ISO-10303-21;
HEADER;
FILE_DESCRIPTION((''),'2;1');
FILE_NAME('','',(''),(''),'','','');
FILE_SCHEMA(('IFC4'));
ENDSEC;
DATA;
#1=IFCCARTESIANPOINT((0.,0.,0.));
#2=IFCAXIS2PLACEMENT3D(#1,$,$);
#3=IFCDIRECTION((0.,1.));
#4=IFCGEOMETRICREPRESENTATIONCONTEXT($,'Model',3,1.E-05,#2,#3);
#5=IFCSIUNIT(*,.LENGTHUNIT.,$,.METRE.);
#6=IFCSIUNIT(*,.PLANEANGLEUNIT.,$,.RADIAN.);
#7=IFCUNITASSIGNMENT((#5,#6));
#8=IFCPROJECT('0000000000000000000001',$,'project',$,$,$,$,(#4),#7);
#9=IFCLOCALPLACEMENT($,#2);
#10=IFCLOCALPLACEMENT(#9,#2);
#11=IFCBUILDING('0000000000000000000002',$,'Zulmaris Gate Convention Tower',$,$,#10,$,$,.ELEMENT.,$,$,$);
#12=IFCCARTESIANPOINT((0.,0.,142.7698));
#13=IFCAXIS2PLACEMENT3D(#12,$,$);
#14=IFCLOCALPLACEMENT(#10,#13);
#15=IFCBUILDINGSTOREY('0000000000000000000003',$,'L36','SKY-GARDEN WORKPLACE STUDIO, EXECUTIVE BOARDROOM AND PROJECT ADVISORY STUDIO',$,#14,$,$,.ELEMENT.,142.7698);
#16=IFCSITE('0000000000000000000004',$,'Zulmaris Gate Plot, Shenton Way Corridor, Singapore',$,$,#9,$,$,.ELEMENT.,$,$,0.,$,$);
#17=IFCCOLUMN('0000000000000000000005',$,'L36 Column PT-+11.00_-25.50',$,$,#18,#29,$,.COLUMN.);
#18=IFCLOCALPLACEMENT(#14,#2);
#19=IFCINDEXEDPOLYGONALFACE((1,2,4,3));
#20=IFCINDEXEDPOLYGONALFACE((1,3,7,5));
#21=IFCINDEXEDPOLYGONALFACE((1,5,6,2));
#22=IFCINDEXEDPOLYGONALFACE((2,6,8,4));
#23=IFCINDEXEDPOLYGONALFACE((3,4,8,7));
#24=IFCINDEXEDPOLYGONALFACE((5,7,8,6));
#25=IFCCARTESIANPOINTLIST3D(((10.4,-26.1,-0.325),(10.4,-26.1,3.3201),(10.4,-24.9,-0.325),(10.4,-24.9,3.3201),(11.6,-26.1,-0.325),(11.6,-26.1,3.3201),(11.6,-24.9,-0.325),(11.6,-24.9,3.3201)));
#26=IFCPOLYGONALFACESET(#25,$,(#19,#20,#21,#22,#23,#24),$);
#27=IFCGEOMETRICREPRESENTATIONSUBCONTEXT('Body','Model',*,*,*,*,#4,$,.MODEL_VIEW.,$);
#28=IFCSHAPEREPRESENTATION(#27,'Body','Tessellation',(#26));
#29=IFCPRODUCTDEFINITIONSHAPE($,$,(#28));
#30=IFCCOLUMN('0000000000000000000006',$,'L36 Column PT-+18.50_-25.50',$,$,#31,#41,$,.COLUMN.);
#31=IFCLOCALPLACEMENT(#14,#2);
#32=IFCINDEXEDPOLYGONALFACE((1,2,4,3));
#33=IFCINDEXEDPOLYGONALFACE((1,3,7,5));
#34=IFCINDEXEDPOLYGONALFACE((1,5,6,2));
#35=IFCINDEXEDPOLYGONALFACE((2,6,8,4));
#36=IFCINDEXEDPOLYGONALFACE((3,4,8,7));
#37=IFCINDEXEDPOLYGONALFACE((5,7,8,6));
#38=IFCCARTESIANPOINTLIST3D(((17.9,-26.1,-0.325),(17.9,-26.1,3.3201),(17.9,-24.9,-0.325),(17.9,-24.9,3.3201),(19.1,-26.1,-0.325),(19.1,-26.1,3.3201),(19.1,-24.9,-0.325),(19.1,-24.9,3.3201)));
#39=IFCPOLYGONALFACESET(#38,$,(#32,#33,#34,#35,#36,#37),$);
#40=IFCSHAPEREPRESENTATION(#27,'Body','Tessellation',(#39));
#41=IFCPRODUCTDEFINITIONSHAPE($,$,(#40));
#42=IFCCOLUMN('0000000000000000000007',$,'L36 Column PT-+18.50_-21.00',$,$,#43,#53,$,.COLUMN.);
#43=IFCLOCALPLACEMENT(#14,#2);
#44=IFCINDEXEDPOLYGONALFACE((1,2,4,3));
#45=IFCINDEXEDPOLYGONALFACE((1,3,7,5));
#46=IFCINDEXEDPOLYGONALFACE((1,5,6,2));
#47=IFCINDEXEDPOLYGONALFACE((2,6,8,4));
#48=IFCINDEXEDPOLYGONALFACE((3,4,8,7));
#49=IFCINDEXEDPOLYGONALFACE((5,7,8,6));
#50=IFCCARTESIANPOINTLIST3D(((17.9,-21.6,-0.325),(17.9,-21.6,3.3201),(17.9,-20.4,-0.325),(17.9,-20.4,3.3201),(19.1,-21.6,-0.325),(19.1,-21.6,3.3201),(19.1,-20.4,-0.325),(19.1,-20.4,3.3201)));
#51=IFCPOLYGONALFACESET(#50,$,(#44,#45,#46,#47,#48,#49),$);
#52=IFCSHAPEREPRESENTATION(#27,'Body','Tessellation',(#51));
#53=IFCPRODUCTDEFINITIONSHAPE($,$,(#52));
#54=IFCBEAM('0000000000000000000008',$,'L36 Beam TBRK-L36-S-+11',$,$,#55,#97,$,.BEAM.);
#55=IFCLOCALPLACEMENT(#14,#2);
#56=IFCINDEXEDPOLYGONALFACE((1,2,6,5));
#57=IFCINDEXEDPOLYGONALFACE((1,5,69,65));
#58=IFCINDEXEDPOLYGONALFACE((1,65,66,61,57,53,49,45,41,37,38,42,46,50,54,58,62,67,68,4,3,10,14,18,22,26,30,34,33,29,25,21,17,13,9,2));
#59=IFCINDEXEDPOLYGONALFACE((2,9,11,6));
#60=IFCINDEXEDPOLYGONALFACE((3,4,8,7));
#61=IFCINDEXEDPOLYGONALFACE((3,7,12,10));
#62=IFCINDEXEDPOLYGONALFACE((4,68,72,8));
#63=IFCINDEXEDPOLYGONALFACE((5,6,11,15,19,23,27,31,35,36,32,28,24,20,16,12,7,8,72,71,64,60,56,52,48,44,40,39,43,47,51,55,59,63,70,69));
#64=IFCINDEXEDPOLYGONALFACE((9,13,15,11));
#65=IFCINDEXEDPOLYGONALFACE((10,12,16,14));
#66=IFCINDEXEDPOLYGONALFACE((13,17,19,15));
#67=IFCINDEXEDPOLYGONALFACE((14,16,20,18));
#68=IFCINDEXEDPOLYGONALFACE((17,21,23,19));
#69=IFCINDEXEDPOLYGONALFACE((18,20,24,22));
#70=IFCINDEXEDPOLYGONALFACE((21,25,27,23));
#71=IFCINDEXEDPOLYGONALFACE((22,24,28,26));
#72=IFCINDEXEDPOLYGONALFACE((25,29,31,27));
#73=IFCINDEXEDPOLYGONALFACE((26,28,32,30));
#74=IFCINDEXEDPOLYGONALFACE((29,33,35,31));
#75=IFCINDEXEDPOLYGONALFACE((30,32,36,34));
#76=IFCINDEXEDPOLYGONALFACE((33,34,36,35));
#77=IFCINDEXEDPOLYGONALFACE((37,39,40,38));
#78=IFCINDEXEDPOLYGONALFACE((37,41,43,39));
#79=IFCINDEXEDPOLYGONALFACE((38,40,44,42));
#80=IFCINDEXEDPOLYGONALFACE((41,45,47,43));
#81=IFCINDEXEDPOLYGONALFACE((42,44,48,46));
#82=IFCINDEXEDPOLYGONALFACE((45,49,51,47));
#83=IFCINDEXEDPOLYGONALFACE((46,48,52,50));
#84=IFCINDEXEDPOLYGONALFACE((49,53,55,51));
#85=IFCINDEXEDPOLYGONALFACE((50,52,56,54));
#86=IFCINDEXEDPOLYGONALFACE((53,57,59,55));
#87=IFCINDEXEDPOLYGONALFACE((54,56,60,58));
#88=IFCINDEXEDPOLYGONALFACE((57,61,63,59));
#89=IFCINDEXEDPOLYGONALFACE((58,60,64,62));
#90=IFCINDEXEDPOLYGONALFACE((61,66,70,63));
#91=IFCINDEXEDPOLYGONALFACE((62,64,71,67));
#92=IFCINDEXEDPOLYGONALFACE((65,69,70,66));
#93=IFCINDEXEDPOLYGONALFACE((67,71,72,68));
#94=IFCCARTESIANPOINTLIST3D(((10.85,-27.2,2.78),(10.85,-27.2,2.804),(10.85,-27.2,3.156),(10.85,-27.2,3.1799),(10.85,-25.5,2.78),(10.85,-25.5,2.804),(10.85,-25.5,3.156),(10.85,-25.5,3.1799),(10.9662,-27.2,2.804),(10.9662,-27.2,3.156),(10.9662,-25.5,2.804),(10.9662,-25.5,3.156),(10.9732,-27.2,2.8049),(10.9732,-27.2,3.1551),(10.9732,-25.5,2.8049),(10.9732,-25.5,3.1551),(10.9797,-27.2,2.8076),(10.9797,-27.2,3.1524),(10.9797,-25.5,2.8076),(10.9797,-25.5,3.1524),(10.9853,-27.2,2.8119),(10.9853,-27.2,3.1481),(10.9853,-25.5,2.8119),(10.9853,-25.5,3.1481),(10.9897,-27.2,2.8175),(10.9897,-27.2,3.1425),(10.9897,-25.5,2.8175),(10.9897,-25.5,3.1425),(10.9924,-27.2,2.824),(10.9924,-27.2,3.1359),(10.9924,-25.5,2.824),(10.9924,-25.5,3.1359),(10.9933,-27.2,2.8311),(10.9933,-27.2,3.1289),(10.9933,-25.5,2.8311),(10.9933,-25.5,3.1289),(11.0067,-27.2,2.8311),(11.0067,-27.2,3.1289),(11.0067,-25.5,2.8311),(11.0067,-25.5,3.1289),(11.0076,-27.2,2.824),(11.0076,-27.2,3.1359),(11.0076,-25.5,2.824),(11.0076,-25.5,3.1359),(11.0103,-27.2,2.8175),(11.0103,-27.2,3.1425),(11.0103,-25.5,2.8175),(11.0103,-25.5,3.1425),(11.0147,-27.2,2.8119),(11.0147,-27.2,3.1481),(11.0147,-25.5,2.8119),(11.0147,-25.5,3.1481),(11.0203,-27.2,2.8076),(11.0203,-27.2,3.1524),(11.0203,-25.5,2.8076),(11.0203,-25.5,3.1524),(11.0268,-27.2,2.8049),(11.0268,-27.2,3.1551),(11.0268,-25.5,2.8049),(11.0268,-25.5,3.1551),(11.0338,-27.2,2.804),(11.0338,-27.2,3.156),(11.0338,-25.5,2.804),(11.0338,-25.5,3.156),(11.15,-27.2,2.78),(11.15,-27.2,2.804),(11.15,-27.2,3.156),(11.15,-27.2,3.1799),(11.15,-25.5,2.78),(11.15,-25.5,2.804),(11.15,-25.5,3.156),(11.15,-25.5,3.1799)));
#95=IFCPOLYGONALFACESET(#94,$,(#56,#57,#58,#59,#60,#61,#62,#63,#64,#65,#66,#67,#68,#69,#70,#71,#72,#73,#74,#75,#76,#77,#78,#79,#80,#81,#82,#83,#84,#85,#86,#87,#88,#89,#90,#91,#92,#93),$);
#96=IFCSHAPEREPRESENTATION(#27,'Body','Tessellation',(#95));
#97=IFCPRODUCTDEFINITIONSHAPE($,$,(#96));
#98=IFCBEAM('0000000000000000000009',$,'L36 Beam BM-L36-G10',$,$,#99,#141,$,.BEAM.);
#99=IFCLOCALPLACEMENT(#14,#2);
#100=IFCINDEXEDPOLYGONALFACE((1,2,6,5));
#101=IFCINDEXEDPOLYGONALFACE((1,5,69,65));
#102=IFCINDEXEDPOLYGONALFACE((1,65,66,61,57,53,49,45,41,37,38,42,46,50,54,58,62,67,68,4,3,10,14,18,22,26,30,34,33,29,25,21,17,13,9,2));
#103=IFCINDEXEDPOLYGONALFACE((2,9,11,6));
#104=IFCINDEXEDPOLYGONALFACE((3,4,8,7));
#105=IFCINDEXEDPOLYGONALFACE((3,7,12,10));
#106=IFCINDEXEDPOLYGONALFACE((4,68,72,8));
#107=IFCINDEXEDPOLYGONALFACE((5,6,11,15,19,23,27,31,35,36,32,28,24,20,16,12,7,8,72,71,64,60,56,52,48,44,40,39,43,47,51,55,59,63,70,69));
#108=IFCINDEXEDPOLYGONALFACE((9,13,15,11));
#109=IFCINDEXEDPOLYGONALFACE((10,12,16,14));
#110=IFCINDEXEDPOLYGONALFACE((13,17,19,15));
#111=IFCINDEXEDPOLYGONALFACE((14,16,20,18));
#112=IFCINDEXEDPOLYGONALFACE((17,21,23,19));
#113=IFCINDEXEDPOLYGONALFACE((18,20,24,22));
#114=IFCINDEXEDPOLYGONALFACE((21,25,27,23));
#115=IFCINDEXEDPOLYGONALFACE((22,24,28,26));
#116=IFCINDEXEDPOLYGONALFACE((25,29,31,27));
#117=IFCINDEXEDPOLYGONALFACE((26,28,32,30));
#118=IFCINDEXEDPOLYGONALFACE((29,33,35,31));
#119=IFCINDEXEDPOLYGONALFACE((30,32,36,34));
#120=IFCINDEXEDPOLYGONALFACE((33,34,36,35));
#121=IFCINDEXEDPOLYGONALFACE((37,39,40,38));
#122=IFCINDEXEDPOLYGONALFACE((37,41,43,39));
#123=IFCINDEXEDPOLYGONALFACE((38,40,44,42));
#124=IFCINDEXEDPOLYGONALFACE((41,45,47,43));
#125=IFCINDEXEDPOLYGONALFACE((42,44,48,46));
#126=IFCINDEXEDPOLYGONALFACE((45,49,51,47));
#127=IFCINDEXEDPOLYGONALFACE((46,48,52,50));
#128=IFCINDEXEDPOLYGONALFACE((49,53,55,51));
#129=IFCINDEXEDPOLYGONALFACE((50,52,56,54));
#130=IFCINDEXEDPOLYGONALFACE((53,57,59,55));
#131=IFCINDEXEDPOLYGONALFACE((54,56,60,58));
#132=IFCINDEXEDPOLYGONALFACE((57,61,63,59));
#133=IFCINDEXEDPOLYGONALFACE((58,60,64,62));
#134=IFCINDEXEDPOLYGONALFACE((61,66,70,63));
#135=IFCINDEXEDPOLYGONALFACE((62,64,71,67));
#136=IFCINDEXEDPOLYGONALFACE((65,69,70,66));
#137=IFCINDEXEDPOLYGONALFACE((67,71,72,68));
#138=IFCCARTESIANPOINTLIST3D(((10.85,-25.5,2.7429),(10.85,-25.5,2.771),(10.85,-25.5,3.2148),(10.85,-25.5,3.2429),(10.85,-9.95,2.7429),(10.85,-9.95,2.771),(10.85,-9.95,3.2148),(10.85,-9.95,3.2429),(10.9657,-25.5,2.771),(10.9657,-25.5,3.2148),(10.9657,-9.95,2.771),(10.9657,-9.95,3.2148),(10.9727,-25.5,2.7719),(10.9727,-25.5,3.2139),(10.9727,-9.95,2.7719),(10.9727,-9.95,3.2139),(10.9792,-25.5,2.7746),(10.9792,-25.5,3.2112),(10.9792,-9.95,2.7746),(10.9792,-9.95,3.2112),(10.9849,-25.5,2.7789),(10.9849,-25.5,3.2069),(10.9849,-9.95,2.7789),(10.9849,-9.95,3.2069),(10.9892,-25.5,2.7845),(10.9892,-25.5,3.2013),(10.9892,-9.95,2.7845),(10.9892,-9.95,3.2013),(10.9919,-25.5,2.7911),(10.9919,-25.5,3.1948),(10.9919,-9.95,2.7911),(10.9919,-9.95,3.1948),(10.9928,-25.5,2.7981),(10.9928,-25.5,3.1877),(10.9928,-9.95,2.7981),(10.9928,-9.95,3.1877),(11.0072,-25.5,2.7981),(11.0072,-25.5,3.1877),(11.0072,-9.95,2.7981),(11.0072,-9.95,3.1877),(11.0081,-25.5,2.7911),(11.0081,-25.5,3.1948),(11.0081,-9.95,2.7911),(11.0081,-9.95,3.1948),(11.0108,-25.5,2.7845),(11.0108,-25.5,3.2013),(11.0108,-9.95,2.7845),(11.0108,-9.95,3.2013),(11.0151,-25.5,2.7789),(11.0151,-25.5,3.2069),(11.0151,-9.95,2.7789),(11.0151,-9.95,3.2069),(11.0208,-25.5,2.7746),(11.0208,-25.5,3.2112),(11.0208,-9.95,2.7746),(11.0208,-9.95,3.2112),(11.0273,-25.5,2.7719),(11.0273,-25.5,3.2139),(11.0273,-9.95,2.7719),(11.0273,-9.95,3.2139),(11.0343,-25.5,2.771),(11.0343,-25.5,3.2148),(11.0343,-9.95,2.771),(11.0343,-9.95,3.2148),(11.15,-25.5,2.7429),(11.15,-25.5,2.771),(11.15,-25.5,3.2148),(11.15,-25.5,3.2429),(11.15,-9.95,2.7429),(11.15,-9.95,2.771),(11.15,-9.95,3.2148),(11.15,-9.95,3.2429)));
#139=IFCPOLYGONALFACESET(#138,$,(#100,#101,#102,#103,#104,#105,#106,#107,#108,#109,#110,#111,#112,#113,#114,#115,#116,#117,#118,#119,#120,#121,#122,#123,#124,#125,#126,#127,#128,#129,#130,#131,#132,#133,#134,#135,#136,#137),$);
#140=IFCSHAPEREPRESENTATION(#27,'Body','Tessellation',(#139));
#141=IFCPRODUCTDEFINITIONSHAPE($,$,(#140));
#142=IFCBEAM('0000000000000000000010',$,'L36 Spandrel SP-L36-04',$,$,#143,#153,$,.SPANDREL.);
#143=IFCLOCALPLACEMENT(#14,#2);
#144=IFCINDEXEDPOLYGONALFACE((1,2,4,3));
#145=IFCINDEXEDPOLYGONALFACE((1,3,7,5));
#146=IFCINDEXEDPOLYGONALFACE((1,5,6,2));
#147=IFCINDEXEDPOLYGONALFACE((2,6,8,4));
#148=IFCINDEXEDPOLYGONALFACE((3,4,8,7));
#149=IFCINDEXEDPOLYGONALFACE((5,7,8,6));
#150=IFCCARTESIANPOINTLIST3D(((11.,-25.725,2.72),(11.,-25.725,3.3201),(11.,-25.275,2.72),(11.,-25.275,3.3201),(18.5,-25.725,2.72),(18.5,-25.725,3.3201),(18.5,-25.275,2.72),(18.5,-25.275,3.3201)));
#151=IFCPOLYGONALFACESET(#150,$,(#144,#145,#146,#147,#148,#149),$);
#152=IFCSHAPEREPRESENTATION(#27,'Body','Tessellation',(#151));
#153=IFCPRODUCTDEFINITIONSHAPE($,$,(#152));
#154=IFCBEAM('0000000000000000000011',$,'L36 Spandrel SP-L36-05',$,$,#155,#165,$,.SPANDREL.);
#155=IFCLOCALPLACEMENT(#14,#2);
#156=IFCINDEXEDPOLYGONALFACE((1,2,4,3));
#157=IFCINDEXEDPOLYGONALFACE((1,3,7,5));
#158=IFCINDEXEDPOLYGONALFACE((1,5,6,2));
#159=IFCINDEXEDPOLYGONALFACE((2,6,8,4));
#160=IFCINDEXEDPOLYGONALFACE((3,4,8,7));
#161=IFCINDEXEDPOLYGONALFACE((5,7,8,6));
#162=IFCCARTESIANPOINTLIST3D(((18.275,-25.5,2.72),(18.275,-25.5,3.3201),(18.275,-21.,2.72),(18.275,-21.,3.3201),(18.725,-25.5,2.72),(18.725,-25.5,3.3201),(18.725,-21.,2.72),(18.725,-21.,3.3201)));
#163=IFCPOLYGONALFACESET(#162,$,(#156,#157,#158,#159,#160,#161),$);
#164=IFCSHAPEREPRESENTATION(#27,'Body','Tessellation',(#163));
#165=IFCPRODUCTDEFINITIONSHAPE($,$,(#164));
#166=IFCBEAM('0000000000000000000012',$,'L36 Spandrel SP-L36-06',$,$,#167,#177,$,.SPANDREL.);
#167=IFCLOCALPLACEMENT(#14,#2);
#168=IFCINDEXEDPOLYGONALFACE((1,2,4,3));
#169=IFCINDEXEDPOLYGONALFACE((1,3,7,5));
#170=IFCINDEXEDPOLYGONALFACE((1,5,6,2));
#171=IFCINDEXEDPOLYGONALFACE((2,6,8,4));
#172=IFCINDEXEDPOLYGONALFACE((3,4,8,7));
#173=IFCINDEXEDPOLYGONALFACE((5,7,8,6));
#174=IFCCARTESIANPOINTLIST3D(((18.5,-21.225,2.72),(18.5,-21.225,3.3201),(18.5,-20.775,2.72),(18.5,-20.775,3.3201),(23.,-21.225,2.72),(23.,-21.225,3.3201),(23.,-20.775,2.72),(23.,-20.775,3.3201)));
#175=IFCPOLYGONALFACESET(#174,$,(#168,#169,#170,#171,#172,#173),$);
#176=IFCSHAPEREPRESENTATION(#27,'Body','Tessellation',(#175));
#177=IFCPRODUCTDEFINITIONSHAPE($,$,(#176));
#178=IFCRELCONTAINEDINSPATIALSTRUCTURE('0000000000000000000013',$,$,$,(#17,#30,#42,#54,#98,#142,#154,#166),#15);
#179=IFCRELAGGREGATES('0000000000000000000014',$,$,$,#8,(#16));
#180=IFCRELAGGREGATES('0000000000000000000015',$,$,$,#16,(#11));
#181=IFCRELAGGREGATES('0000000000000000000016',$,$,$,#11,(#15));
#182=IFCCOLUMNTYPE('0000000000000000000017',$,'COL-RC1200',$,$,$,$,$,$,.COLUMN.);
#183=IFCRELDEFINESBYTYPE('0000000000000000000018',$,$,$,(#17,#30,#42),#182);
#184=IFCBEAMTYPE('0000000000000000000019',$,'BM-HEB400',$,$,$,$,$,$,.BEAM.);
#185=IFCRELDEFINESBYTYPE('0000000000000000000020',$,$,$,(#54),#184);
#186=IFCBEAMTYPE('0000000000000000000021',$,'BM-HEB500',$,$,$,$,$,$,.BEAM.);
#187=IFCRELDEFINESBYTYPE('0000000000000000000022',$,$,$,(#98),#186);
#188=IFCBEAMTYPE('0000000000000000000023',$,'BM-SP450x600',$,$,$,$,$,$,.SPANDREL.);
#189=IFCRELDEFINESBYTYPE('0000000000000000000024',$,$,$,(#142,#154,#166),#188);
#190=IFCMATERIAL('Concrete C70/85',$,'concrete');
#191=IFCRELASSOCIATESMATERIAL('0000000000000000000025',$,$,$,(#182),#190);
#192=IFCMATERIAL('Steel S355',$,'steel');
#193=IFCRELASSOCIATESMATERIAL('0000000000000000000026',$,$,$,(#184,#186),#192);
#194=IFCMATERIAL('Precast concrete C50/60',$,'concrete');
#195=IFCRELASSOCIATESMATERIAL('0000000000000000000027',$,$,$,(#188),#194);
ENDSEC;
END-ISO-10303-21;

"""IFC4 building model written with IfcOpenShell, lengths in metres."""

from ifc_helpers import new_model, si_unit, direction, frame, origin, origin_2d, place, context, subcontext, project, spatial, rectangle, i_section, extrude, material, material_profile, profile_set, type_object, element, save


model = new_model("IFC4")

# Units and contexts
model_context = context("Model", 3, precision=1e-05, world=origin(), true_north=direction((0.0, 1.0)))
body_context = subcontext(model_context, "Body", "Model", "MODEL_VIEW")
ifc_project = project(units=[si_unit("LENGTHUNIT", "METRE"), si_unit("PLANEANGLEUNIT", "RADIAN")], contexts=[model_context])

# Site, building, storey
site_placement = place(None, origin())
site = spatial("IfcSite", under=ifc_project, at=site_placement, Name="Zulmaris Gate Plot, Shenton Way Corridor, Singapore", CompositionType="ELEMENT", RefElevation=0.0)
building_placement = place(site_placement, origin())
building = spatial("IfcBuilding", under=site, at=building_placement, Name="Zulmaris Gate Convention Tower", CompositionType="ELEMENT")
storey_placement = place(building_placement, frame((0.0, 0.0, 142.7698)))
storey = spatial("IfcBuildingStorey", under=building, at=storey_placement, Name="L36", Description="SKY-GARDEN WORKPLACE STUDIO, EXECUTIVE BOARDROOM AND PROJECT ADVISORY STUDIO", CompositionType="ELEMENT", Elevation=142.7698)

# Columns
ifc_material_1 = material(Name="Concrete C70/85", Category="concrete")
ifc_material_profile_1 = material_profile(ifc_material_1, rectangle(XDim=1.2, YDim=1.2, at=origin_2d()), Name="RC COL 1200x1200")
ifc_profile_set_1 = profile_set([ifc_material_profile_1], Name="Concrete C70/85")
column_type = type_object("IfcColumnType", Name="COL-RC1200", PredefinedType="COLUMN", material=ifc_profile_set_1)
for number, where, z_axis, x_axis, name in (
    (1, (11.0, -25.5, -0.325), (0.0, 0.0, 1.0), (1.0, 0.0, 0.0), "L36 Column PT-+11.00_-25.50"),
    (2, (18.5, -25.5, -0.325), (0.0, 0.0, 1.0), (1.0, 0.0, 0.0), "L36 Column PT-+18.50_-25.50"),
    (3, (18.5, -21.0, -0.325), (0.0, 0.0, 1.0), (1.0, 0.0, 0.0), "L36 Column PT-+18.50_-21.00"),
):
    element("IfcColumn", number, at=place(storey_placement, frame(where, z_axis=z_axis, x_axis=x_axis)), inside=storey, type_object=column_type, Name=name, PredefinedType="COLUMN", context=body_context, shape_type="SweptSolid", body=[
        extrude(rectangle(XDim=1.2, YDim=1.2, at=origin_2d()), origin(), (0.0, 0.0, 1.0), 3.645),
    ])

# Beams
ifc_material_2 = material(Name="Steel S355", Category="steel")
ifc_material_profile_2 = material_profile(ifc_material_2, i_section(OverallWidth=0.3, OverallDepth=0.3999, WebThickness=0.0134, FlangeThickness=0.0239, FilletRadius=0.0271, at=origin_2d()), Name="HEB 400")
ifc_profile_set_2 = profile_set([ifc_material_profile_2], Name="Steel S355")
beam_type_1 = type_object("IfcBeamType", Name="BM-HEB400", PredefinedType="BEAM", material=ifc_profile_set_2)
beam_1_placement = place(storey_placement, frame((11.0, -27.2, 2.98), z_axis=(0.0, 1.0, 0.0), x_axis=(-1.0, 0.0, 0.0)))
element("IfcBeam", 4, at=beam_1_placement, inside=storey, type_object=beam_type_1, Name="L36 Beam TBRK-L36-S-+11", PredefinedType="BEAM", context=body_context, shape_type="SweptSolid", body=[
    extrude(i_section(OverallWidth=0.3, OverallDepth=0.3999, WebThickness=0.0134, FlangeThickness=0.0239, FilletRadius=0.0271, at=origin_2d()), origin(), (0.0, 0.0, 1.0), 1.7),
])
ifc_material_profile_3 = material_profile(ifc_material_2, i_section(OverallWidth=0.3, OverallDepth=0.5, WebThickness=0.0144, FlangeThickness=0.0281, FilletRadius=0.0271, at=origin_2d()), Name="HEB 500")
ifc_profile_set_3 = profile_set([ifc_material_profile_3], Name="Steel S355")
beam_type_2 = type_object("IfcBeamType", Name="BM-HEB500", PredefinedType="BEAM", material=ifc_profile_set_3)
beam_2_placement = place(storey_placement, frame((11.0, -25.5, 2.9929), z_axis=(0.0, 1.0, 0.0), x_axis=(-1.0, 0.0, 0.0)))
element("IfcBeam", 5, at=beam_2_placement, inside=storey, type_object=beam_type_2, Name="L36 Beam BM-L36-G10", PredefinedType="BEAM", context=body_context, shape_type="SweptSolid", body=[
    extrude(i_section(OverallWidth=0.3, OverallDepth=0.5, WebThickness=0.0144, FlangeThickness=0.0281, FilletRadius=0.0271, at=origin_2d()), origin(), (0.0, 0.0, 1.0), 15.55),
])
ifc_material_3 = material(Name="Precast concrete C50/60", Category="concrete")
ifc_material_profile_4 = material_profile(ifc_material_3, rectangle(XDim=0.45, YDim=0.6001, at=origin_2d()), Name="RC SPANDREL 450x600")
ifc_profile_set_4 = profile_set([ifc_material_profile_4], Name="Precast concrete C50/60")
beam_type_3 = type_object("IfcBeamType", Name="BM-SP450x600", PredefinedType="SPANDREL", material=ifc_profile_set_4)
beam_3_placement = place(storey_placement, frame((11.0, -25.5, 3.02), z_axis=(1.0, 0.0, 0.0), x_axis=(0.0, 1.0, 0.0)))
element("IfcBeam", 6, at=beam_3_placement, inside=storey, type_object=beam_type_3, Name="L36 Spandrel SP-L36-04", PredefinedType="SPANDREL", context=body_context, shape_type="SweptSolid", body=[
    extrude(rectangle(XDim=0.45, YDim=0.6001, at=origin_2d()), origin(), (0.0, 0.0, 1.0), 7.5),
])
for number, where, z_axis, x_axis, name in (
    (7, (18.5, -25.5, 3.02), (0.0, 1.0, 0.0), (-1.0, 0.0, 0.0), "L36 Spandrel SP-L36-05"),
    (8, (18.5, -21.0, 3.02), (1.0, 0.0, 0.0), (0.0, 1.0, 0.0), "L36 Spandrel SP-L36-06"),
):
    element("IfcBeam", number, at=place(storey_placement, frame(where, z_axis=z_axis, x_axis=x_axis)), inside=storey, type_object=beam_type_3, Name=name, PredefinedType="SPANDREL", context=body_context, shape_type="SweptSolid", body=[
        extrude(rectangle(XDim=0.45, YDim=0.6001, at=origin_2d()), origin(), (0.0, 0.0, 1.0), 4.5),
    ])

save(model, "model.ifc")
